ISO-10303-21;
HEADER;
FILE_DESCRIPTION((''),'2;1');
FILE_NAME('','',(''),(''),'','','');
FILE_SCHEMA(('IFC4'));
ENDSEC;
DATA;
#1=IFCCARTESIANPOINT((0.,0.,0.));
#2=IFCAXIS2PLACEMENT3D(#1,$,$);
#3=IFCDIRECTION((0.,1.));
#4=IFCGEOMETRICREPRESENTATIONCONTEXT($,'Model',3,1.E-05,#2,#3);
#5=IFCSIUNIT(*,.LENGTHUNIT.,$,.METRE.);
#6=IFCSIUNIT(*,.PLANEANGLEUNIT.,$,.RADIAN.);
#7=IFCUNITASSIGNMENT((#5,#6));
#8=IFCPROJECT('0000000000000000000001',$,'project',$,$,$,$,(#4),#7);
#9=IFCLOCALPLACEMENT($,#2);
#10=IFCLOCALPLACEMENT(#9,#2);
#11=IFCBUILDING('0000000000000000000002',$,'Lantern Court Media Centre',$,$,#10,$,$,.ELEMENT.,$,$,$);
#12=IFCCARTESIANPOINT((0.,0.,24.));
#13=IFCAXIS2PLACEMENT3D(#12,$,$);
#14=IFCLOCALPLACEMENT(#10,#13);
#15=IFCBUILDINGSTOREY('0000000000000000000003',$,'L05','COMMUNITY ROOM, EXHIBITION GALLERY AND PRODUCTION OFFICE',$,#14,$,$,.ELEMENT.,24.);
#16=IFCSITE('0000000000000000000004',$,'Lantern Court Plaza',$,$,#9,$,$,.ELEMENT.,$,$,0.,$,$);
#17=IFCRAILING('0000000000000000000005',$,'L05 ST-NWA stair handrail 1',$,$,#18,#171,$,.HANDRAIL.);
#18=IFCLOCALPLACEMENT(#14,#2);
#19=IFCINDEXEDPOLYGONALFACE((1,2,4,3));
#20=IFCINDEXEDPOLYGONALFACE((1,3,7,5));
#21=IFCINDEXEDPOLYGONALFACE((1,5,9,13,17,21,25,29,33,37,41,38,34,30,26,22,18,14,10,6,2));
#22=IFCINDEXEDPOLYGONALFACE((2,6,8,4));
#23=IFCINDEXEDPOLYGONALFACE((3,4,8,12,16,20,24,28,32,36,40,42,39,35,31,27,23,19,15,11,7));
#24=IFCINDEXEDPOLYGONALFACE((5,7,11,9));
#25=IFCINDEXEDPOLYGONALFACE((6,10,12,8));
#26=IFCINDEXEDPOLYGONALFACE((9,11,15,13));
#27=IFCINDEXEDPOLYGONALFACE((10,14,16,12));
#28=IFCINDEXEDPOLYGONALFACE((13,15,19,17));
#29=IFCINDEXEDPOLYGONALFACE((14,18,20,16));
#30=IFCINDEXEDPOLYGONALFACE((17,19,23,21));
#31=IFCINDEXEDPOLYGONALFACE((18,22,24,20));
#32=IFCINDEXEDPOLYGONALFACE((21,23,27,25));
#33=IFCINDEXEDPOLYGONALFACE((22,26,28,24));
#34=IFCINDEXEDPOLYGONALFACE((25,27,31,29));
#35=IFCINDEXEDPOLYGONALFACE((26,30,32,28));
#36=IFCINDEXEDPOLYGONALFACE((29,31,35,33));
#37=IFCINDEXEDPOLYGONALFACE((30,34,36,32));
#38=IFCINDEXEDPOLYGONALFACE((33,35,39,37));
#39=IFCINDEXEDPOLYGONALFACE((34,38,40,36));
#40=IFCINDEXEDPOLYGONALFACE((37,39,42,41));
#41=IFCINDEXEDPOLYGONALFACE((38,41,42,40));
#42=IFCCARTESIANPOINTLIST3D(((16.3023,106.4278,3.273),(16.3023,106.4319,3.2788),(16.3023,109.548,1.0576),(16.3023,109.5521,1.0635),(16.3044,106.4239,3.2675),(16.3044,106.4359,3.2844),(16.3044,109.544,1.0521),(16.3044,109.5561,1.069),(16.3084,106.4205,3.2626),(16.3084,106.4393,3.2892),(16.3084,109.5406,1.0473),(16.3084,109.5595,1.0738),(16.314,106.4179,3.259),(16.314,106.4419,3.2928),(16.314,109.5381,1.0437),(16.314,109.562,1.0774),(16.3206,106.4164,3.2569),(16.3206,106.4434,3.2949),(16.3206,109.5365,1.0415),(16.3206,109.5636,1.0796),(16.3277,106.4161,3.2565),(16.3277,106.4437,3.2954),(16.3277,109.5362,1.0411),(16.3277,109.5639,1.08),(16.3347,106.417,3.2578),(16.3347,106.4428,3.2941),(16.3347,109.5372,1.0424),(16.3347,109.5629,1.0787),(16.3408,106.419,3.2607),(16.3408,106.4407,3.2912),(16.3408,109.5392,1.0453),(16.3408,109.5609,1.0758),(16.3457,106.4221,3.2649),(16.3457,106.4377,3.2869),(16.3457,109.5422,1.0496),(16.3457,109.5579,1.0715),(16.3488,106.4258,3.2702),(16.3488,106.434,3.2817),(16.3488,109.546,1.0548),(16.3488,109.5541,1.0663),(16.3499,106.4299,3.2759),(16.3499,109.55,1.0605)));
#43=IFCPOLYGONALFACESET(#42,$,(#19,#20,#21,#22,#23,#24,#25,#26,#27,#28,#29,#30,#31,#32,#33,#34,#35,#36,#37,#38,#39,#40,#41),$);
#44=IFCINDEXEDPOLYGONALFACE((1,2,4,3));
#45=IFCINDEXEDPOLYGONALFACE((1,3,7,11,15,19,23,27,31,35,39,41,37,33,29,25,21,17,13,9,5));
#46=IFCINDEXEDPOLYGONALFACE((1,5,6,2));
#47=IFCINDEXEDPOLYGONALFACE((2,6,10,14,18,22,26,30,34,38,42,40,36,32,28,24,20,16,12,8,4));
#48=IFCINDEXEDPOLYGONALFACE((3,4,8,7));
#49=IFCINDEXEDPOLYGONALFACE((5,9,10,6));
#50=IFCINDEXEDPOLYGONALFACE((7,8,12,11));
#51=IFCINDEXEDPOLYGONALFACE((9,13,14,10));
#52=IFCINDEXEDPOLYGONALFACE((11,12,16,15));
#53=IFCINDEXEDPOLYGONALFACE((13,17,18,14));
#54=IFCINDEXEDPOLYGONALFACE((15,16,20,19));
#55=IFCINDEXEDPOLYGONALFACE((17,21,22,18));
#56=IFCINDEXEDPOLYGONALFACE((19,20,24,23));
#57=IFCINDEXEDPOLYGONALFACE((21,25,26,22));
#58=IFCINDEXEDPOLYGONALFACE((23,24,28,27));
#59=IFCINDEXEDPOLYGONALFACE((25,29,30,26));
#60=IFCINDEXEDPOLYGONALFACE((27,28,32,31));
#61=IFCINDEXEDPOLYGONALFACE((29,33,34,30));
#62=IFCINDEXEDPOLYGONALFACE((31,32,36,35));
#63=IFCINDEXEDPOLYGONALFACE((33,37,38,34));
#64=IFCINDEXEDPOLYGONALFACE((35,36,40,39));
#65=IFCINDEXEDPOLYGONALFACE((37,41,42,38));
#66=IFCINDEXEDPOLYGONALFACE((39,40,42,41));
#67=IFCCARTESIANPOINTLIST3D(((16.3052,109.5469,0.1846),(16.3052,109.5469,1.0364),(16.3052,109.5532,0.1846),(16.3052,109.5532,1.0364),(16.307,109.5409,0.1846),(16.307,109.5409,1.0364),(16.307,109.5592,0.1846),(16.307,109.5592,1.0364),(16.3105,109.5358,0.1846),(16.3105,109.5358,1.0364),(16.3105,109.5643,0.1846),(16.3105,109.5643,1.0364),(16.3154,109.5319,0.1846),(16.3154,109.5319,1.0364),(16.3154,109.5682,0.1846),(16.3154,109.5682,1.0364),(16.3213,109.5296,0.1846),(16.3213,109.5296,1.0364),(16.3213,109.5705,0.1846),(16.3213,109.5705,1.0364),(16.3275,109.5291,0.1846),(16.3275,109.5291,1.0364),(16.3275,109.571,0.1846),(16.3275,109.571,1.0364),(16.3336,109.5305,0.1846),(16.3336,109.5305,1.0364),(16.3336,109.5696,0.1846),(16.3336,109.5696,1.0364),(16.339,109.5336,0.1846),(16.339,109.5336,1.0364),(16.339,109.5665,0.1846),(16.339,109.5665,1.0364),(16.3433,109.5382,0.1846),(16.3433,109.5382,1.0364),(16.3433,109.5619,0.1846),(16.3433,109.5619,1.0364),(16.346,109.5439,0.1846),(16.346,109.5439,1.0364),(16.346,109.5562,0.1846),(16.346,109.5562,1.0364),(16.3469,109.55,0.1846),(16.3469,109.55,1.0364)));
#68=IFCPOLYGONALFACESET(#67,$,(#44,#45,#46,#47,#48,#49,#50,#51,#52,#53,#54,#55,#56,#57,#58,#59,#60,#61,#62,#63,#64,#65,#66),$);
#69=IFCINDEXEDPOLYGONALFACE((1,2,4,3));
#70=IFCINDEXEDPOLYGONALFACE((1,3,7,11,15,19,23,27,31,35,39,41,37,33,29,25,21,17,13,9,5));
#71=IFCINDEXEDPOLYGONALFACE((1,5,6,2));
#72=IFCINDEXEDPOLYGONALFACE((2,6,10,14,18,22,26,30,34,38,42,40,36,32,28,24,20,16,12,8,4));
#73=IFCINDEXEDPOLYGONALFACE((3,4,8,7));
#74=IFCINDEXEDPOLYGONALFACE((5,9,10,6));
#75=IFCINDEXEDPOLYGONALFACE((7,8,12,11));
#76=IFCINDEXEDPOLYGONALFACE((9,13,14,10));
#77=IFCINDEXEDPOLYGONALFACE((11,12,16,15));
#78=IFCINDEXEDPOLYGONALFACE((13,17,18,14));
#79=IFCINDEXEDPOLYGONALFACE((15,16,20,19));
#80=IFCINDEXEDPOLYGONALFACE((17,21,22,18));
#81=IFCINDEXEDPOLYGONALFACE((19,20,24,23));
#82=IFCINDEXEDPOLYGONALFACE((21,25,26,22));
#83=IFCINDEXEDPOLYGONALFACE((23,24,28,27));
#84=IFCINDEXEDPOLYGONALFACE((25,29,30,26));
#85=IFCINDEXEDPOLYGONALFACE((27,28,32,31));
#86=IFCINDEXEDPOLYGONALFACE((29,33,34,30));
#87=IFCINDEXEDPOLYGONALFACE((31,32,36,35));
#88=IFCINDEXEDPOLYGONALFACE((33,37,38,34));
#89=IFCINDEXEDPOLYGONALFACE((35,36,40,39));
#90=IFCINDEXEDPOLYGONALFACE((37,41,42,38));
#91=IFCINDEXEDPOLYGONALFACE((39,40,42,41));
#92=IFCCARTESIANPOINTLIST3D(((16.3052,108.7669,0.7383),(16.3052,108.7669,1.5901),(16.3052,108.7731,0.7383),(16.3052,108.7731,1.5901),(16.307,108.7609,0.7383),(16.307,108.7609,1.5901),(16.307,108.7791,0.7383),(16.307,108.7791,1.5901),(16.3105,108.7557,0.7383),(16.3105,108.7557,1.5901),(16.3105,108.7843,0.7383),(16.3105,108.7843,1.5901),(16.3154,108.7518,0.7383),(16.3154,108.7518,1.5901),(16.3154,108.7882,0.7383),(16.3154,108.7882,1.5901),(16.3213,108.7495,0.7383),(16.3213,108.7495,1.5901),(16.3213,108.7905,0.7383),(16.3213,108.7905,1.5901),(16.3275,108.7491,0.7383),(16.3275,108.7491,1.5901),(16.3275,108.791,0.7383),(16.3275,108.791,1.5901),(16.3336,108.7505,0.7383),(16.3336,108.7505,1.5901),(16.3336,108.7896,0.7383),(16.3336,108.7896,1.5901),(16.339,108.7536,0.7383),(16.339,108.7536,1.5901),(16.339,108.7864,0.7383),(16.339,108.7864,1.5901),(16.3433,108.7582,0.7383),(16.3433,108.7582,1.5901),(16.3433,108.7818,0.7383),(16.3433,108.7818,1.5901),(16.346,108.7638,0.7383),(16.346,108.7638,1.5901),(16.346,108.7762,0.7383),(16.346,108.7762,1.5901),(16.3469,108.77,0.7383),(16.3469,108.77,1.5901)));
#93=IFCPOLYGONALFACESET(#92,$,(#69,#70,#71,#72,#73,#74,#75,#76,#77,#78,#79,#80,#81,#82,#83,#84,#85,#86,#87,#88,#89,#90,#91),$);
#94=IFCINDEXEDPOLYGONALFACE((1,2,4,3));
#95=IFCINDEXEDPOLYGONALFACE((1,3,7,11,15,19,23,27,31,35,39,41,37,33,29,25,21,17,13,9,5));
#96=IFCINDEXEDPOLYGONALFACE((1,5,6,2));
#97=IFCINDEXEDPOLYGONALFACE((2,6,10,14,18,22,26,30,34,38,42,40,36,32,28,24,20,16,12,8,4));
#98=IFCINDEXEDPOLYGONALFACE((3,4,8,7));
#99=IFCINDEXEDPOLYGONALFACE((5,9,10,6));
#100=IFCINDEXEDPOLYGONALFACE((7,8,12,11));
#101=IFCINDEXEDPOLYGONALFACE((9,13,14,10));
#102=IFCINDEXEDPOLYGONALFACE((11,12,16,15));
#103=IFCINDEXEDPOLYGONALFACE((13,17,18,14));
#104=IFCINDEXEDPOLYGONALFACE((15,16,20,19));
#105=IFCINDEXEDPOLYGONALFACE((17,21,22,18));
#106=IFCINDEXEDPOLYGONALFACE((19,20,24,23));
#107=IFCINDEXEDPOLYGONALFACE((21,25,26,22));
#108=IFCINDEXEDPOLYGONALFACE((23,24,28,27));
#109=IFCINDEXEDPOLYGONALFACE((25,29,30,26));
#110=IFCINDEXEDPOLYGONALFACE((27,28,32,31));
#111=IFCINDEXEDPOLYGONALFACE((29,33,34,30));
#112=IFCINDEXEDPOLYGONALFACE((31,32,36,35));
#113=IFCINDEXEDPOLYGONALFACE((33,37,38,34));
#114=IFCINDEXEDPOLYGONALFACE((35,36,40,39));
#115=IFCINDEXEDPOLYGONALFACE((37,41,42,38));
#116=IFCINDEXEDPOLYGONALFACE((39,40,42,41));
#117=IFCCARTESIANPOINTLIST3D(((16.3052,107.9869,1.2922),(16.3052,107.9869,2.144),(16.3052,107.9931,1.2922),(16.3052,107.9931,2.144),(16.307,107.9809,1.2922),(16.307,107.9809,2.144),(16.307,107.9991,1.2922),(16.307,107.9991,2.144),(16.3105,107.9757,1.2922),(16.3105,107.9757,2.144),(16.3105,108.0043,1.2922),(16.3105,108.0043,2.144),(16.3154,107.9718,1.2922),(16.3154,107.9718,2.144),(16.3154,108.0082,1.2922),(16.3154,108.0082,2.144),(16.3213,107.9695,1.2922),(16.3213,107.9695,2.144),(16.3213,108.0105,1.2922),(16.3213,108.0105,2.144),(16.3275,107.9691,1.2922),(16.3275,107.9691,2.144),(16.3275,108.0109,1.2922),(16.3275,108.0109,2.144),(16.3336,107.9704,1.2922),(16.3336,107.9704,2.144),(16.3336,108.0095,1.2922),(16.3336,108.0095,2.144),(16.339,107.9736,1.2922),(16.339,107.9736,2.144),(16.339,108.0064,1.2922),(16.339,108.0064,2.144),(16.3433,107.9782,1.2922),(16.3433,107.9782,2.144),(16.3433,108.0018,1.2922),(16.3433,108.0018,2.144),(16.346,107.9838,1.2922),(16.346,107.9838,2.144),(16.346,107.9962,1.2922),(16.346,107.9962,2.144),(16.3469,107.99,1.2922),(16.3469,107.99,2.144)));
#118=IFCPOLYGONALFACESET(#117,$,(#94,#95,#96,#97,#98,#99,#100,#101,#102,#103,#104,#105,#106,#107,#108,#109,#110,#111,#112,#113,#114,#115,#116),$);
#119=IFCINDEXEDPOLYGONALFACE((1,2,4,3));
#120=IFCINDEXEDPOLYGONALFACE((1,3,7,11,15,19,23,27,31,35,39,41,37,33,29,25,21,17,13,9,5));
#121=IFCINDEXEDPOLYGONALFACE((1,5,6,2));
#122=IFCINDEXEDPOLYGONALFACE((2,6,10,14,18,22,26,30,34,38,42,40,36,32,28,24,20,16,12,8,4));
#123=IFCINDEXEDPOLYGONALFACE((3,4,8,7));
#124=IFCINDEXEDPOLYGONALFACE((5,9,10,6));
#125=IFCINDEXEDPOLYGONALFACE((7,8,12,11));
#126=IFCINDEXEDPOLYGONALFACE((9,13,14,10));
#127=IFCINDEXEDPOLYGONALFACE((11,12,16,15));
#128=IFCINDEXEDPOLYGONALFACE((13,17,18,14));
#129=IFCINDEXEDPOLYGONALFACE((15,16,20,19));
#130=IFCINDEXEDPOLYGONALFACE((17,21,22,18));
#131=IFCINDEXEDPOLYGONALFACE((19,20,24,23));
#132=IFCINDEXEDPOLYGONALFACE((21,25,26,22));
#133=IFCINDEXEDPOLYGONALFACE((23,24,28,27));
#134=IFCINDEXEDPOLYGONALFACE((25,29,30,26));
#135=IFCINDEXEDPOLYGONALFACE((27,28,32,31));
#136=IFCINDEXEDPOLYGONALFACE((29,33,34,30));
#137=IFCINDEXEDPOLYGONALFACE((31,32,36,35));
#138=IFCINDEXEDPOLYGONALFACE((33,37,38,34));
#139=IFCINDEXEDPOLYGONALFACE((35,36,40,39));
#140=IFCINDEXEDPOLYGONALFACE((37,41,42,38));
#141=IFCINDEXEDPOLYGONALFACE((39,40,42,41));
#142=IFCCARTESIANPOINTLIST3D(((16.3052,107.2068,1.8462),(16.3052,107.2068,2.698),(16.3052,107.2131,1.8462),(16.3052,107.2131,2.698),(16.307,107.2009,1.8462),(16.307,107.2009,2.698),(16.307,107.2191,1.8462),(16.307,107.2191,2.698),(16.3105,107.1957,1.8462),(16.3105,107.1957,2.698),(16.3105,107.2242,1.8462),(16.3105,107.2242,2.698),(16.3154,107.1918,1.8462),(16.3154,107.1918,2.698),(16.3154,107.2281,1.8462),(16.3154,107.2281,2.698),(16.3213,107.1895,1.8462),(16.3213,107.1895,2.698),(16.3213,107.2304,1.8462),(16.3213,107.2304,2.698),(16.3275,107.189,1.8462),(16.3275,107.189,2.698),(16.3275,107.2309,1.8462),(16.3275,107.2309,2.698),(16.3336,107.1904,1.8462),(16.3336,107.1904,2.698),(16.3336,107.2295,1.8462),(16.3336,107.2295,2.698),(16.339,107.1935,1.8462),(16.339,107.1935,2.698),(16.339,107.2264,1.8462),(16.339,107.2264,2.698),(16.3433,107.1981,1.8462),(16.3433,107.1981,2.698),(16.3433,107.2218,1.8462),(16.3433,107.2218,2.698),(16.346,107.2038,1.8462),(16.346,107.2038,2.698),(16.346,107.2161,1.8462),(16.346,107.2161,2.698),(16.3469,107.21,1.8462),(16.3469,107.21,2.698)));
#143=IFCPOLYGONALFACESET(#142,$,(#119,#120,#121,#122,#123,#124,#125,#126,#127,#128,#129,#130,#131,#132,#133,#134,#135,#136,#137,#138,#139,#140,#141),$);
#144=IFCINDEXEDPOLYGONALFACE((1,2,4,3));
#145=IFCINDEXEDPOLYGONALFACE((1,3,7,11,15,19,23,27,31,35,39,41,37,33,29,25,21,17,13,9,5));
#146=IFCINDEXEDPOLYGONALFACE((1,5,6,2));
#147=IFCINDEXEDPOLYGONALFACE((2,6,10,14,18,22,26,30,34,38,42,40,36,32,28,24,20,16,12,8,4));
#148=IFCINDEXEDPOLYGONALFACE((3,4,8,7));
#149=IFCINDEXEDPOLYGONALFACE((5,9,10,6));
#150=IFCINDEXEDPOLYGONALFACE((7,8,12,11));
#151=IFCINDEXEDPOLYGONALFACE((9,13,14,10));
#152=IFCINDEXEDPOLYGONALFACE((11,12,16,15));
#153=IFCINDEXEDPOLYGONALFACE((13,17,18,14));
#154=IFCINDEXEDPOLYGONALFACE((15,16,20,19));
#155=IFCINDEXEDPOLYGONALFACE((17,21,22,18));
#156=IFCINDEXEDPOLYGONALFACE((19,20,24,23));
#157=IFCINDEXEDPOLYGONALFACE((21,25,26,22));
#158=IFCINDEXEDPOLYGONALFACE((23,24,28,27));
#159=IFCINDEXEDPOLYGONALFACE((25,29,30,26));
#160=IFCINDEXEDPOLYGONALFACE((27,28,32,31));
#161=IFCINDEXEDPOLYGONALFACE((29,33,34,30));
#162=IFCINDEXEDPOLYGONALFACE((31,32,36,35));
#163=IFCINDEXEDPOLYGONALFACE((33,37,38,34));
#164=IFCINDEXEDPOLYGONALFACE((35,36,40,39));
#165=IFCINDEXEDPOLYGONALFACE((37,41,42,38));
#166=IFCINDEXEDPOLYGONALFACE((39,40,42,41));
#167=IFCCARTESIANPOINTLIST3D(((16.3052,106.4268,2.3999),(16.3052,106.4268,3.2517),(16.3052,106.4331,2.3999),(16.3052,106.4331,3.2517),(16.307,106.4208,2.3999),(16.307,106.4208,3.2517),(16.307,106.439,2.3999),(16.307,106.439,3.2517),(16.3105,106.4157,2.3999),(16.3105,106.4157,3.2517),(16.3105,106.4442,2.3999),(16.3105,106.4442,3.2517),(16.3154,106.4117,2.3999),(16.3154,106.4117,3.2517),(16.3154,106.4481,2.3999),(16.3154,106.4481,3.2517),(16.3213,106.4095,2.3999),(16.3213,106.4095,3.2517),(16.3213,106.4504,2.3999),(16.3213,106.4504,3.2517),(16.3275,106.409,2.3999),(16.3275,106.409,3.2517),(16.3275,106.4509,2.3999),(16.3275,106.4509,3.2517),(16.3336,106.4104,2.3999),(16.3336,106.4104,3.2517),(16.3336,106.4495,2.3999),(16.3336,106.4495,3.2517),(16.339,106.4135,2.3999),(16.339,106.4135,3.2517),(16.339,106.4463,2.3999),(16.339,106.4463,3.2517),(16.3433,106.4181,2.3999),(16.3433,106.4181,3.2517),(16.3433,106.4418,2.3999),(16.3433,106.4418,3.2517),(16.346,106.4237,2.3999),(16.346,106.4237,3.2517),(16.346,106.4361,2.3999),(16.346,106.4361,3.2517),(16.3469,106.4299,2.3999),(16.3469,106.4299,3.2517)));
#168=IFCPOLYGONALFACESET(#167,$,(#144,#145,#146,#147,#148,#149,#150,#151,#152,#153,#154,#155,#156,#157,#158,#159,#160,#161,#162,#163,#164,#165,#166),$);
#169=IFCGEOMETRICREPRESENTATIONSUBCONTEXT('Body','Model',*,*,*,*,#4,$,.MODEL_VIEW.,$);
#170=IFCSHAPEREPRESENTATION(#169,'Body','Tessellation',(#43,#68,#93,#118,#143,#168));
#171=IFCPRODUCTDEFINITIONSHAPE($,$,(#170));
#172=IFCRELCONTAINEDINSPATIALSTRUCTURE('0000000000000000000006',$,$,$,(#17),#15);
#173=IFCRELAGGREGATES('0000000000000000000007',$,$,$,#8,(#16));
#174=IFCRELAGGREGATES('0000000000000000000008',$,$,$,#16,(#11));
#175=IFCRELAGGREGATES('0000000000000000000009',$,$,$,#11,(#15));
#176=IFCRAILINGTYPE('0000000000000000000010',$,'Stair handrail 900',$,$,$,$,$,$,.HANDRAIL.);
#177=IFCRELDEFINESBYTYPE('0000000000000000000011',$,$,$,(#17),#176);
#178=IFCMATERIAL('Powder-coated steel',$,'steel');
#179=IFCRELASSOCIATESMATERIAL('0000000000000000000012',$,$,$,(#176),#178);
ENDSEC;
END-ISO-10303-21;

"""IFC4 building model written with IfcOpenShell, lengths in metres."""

from ifc_helpers import new_model, si_unit, direction, frame, origin, origin_2d, place, context, subcontext, project, spatial, circle, extrude, material, type_object, element, save


model = new_model("IFC4")

# Units and contexts
model_context = context("Model", 3, precision=1e-05, world=origin(), true_north=direction((0.0, 1.0)))
body_context = subcontext(model_context, "Body", "Model", "MODEL_VIEW")
ifc_project = project(units=[si_unit("LENGTHUNIT", "METRE"), si_unit("PLANEANGLEUNIT", "RADIAN")], contexts=[model_context])

# Site, building, storey
site_placement = place(None, origin())
site = spatial("IfcSite", under=ifc_project, at=site_placement, Name="Lantern Court Plaza", CompositionType="ELEMENT", RefElevation=0.0)
building_placement = place(site_placement, origin())
building = spatial("IfcBuilding", under=site, at=building_placement, Name="Lantern Court Media Centre", CompositionType="ELEMENT")
storey_placement = place(building_placement, frame((0.0, 0.0, 24.0)))
storey = spatial("IfcBuildingStorey", under=building, at=storey_placement, Name="L05", Description="COMMUNITY ROOM, EXHIBITION GALLERY AND PRODUCTION OFFICE", CompositionType="ELEMENT", Elevation=24.0)

# Shared definitions
ifc_material_1 = material(Name="Powder-coated steel", Category="steel")

# Railing
railing_type_1 = type_object("IfcRailingType", Name="Stair handrail 900", PredefinedType="HANDRAIL", material=ifc_material_1)
railing_1_placement = place(storey_placement, frame((16.3259, 109.55, 0.1846)))
element("IfcRailing", 1, at=railing_1_placement, inside=storey, type_object=railing_type_1, Name="L05 ST-NWA stair handrail 1", PredefinedType="HANDRAIL", context=body_context, shape_type="SweptSolid", body=[
    extrude(circle(Radius=0.0239, at=origin_2d()), frame((0.0, 0.0, 0.876), z_axis=(0.0, -0.815377, 0.57893), x_axis=(1.0, 0.0, 0.0)), (0.0, 0.0, 1.0), 3.8267),
    extrude(circle(Radius=0.021, at=origin_2d()), origin(), (0.0, 0.0, 1.0), 0.8518),
    extrude(circle(Radius=0.021, at=origin_2d()), frame((0.0, -0.78, 0.5537)), (0.0, 0.0, 1.0), 0.8518),
    extrude(circle(Radius=0.021, at=origin_2d()), frame((0.0, -1.5601, 1.1077)), (0.0, 0.0, 1.0), 0.8518),
    extrude(circle(Radius=0.021, at=origin_2d()), frame((0.0, -2.3401, 1.6616)), (0.0, 0.0, 1.0), 0.8518),
    extrude(circle(Radius=0.021, at=origin_2d()), frame((0.0, -3.1201, 2.2153)), (0.0, 0.0, 1.0), 0.8518),
])

save(model, "model.ifc")
